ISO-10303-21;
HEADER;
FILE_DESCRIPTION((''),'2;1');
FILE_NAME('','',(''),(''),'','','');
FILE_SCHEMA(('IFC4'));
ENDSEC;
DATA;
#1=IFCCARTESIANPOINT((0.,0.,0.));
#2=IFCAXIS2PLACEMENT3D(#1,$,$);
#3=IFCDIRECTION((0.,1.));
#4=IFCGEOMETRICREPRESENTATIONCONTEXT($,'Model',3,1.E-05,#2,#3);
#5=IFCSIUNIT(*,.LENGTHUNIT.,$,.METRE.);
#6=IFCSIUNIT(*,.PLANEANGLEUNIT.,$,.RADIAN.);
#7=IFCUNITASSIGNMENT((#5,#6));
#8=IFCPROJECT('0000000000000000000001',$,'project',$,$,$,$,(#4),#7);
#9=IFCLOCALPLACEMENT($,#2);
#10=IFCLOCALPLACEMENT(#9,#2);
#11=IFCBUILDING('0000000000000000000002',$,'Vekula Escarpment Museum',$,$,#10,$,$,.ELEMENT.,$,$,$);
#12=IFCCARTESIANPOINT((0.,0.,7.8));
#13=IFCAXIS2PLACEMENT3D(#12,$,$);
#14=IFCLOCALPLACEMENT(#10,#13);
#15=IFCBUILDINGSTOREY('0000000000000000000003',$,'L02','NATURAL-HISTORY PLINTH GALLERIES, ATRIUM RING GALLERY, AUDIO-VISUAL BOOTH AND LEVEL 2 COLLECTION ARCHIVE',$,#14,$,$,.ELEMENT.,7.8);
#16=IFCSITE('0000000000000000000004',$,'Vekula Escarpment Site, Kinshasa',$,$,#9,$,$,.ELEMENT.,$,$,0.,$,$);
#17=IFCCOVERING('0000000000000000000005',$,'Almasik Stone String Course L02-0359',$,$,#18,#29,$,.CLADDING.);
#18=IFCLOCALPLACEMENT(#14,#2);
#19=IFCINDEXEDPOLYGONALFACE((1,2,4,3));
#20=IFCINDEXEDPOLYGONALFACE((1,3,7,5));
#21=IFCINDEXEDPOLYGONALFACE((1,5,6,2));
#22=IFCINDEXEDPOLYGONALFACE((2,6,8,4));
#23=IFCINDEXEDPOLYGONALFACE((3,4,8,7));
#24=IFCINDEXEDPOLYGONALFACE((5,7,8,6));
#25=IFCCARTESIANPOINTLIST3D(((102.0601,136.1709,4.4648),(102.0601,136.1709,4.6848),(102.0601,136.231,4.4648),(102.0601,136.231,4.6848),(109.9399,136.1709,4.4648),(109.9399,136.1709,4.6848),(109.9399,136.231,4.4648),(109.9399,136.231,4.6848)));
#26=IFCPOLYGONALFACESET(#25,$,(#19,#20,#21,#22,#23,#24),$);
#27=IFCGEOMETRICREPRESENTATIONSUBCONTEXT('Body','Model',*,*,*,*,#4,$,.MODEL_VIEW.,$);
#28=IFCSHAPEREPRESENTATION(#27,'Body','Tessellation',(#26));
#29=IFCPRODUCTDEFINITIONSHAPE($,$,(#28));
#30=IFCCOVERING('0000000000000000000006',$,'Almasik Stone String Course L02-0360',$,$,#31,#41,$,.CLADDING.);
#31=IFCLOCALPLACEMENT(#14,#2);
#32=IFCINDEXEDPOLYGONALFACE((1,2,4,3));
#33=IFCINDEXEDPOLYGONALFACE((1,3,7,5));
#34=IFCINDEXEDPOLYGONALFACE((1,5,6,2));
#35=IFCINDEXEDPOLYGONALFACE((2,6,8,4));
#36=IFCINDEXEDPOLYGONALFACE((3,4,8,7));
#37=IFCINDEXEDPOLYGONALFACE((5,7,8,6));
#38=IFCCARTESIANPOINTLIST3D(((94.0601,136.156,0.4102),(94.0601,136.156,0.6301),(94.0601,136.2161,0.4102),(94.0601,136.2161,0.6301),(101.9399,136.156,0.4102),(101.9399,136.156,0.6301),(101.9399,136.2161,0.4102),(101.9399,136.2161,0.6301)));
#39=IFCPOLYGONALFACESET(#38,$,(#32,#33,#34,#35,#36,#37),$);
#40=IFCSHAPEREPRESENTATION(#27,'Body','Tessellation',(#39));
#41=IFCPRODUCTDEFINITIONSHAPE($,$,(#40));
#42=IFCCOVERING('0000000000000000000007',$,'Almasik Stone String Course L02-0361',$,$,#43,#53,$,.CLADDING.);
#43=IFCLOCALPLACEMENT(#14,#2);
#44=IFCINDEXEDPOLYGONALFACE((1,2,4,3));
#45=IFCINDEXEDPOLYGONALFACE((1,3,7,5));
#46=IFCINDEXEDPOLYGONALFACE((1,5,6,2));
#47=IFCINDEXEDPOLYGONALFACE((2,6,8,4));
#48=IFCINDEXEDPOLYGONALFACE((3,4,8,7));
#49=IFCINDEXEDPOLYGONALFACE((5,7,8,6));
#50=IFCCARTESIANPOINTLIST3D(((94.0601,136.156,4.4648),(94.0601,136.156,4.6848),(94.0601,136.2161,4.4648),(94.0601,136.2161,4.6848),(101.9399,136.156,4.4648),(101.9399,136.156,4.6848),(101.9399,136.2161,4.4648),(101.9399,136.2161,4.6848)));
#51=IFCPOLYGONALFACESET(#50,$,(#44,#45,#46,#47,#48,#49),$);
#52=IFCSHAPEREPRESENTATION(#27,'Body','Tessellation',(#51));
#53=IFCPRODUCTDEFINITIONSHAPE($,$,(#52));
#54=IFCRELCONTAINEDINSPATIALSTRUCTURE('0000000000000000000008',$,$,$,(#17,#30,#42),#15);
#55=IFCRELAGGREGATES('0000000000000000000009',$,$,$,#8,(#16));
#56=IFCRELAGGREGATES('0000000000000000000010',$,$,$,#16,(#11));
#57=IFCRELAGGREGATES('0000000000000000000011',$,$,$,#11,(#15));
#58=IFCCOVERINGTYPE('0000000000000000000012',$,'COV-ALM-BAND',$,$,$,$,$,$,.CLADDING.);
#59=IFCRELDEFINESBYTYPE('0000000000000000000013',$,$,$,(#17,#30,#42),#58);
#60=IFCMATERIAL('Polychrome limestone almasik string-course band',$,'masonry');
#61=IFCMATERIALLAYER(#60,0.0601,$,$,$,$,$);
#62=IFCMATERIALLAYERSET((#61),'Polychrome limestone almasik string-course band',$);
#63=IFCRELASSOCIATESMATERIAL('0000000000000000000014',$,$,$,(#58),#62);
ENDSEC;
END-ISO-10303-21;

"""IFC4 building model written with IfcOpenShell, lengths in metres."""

from ifc_helpers import new_model, si_unit, direction, frame, origin, origin_2d, place, context, subcontext, project, spatial, rectangle, extrude, material, layer, layer_set, type_object, element, save


model = new_model("IFC4")

# Units and contexts
model_context = context("Model", 3, precision=1e-05, world=origin(), true_north=direction((0.0, 1.0)))
body_context = subcontext(model_context, "Body", "Model", "MODEL_VIEW")
ifc_project = project(units=[si_unit("LENGTHUNIT", "METRE"), si_unit("PLANEANGLEUNIT", "RADIAN")], contexts=[model_context])

# Site, building, storey
site_placement = place(None, origin())
site = spatial("IfcSite", under=ifc_project, at=site_placement, Name="Vekula Escarpment Site, Kinshasa", CompositionType="ELEMENT", RefElevation=0.0)
building_placement = place(site_placement, origin())
building = spatial("IfcBuilding", under=site, at=building_placement, Name="Vekula Escarpment Museum", CompositionType="ELEMENT")
storey_placement = place(building_placement, frame((0.0, 0.0, 7.8)))
storey = spatial("IfcBuildingStorey", under=building, at=storey_placement, Name="L02", Description="NATURAL-HISTORY PLINTH GALLERIES, ATRIUM RING GALLERY, AUDIO-VISUAL BOOTH AND LEVEL 2 COLLECTION ARCHIVE", CompositionType="ELEMENT", Elevation=7.8)

# Coverings
ifc_material_1 = material(Name="Polychrome limestone almasik string-course band", Category="masonry")
ifc_layer_1 = layer(ifc_material_1, 0.0601)
ifc_layer_set_1 = layer_set([ifc_layer_1], Name="Polychrome limestone almasik string-course band")
covering_type = type_object("IfcCoveringType", Name="COV-ALM-BAND", PredefinedType="CLADDING", material=ifc_layer_set_1)
for number, where, z_axis, x_axis, name in (
    (1, (106.0, 136.2009, 4.4648), (0.0, 0.0, 1.0), (1.0, 0.0, 0.0), "Almasik Stone String Course L02-0359"),
    (2, (98.0, 136.186, 0.4102), (0.0, 0.0, 1.0), (1.0, 0.0, 0.0), "Almasik Stone String Course L02-0360"),
    (3, (98.0, 136.186, 4.4648), (0.0, 0.0, 1.0), (1.0, 0.0, 0.0), "Almasik Stone String Course L02-0361"),
):
    element("IfcCovering", number, at=place(storey_placement, frame(where, z_axis=z_axis, x_axis=x_axis)), inside=storey, type_object=covering_type, Name=name, PredefinedType="CLADDING", context=body_context, shape_type="SweptSolid", body=[
        extrude(rectangle(XDim=7.8799, YDim=0.0601, at=origin_2d()), origin(), (0.0, 0.0, 1.0), 0.22),
    ])

save(model, "model.ifc")
